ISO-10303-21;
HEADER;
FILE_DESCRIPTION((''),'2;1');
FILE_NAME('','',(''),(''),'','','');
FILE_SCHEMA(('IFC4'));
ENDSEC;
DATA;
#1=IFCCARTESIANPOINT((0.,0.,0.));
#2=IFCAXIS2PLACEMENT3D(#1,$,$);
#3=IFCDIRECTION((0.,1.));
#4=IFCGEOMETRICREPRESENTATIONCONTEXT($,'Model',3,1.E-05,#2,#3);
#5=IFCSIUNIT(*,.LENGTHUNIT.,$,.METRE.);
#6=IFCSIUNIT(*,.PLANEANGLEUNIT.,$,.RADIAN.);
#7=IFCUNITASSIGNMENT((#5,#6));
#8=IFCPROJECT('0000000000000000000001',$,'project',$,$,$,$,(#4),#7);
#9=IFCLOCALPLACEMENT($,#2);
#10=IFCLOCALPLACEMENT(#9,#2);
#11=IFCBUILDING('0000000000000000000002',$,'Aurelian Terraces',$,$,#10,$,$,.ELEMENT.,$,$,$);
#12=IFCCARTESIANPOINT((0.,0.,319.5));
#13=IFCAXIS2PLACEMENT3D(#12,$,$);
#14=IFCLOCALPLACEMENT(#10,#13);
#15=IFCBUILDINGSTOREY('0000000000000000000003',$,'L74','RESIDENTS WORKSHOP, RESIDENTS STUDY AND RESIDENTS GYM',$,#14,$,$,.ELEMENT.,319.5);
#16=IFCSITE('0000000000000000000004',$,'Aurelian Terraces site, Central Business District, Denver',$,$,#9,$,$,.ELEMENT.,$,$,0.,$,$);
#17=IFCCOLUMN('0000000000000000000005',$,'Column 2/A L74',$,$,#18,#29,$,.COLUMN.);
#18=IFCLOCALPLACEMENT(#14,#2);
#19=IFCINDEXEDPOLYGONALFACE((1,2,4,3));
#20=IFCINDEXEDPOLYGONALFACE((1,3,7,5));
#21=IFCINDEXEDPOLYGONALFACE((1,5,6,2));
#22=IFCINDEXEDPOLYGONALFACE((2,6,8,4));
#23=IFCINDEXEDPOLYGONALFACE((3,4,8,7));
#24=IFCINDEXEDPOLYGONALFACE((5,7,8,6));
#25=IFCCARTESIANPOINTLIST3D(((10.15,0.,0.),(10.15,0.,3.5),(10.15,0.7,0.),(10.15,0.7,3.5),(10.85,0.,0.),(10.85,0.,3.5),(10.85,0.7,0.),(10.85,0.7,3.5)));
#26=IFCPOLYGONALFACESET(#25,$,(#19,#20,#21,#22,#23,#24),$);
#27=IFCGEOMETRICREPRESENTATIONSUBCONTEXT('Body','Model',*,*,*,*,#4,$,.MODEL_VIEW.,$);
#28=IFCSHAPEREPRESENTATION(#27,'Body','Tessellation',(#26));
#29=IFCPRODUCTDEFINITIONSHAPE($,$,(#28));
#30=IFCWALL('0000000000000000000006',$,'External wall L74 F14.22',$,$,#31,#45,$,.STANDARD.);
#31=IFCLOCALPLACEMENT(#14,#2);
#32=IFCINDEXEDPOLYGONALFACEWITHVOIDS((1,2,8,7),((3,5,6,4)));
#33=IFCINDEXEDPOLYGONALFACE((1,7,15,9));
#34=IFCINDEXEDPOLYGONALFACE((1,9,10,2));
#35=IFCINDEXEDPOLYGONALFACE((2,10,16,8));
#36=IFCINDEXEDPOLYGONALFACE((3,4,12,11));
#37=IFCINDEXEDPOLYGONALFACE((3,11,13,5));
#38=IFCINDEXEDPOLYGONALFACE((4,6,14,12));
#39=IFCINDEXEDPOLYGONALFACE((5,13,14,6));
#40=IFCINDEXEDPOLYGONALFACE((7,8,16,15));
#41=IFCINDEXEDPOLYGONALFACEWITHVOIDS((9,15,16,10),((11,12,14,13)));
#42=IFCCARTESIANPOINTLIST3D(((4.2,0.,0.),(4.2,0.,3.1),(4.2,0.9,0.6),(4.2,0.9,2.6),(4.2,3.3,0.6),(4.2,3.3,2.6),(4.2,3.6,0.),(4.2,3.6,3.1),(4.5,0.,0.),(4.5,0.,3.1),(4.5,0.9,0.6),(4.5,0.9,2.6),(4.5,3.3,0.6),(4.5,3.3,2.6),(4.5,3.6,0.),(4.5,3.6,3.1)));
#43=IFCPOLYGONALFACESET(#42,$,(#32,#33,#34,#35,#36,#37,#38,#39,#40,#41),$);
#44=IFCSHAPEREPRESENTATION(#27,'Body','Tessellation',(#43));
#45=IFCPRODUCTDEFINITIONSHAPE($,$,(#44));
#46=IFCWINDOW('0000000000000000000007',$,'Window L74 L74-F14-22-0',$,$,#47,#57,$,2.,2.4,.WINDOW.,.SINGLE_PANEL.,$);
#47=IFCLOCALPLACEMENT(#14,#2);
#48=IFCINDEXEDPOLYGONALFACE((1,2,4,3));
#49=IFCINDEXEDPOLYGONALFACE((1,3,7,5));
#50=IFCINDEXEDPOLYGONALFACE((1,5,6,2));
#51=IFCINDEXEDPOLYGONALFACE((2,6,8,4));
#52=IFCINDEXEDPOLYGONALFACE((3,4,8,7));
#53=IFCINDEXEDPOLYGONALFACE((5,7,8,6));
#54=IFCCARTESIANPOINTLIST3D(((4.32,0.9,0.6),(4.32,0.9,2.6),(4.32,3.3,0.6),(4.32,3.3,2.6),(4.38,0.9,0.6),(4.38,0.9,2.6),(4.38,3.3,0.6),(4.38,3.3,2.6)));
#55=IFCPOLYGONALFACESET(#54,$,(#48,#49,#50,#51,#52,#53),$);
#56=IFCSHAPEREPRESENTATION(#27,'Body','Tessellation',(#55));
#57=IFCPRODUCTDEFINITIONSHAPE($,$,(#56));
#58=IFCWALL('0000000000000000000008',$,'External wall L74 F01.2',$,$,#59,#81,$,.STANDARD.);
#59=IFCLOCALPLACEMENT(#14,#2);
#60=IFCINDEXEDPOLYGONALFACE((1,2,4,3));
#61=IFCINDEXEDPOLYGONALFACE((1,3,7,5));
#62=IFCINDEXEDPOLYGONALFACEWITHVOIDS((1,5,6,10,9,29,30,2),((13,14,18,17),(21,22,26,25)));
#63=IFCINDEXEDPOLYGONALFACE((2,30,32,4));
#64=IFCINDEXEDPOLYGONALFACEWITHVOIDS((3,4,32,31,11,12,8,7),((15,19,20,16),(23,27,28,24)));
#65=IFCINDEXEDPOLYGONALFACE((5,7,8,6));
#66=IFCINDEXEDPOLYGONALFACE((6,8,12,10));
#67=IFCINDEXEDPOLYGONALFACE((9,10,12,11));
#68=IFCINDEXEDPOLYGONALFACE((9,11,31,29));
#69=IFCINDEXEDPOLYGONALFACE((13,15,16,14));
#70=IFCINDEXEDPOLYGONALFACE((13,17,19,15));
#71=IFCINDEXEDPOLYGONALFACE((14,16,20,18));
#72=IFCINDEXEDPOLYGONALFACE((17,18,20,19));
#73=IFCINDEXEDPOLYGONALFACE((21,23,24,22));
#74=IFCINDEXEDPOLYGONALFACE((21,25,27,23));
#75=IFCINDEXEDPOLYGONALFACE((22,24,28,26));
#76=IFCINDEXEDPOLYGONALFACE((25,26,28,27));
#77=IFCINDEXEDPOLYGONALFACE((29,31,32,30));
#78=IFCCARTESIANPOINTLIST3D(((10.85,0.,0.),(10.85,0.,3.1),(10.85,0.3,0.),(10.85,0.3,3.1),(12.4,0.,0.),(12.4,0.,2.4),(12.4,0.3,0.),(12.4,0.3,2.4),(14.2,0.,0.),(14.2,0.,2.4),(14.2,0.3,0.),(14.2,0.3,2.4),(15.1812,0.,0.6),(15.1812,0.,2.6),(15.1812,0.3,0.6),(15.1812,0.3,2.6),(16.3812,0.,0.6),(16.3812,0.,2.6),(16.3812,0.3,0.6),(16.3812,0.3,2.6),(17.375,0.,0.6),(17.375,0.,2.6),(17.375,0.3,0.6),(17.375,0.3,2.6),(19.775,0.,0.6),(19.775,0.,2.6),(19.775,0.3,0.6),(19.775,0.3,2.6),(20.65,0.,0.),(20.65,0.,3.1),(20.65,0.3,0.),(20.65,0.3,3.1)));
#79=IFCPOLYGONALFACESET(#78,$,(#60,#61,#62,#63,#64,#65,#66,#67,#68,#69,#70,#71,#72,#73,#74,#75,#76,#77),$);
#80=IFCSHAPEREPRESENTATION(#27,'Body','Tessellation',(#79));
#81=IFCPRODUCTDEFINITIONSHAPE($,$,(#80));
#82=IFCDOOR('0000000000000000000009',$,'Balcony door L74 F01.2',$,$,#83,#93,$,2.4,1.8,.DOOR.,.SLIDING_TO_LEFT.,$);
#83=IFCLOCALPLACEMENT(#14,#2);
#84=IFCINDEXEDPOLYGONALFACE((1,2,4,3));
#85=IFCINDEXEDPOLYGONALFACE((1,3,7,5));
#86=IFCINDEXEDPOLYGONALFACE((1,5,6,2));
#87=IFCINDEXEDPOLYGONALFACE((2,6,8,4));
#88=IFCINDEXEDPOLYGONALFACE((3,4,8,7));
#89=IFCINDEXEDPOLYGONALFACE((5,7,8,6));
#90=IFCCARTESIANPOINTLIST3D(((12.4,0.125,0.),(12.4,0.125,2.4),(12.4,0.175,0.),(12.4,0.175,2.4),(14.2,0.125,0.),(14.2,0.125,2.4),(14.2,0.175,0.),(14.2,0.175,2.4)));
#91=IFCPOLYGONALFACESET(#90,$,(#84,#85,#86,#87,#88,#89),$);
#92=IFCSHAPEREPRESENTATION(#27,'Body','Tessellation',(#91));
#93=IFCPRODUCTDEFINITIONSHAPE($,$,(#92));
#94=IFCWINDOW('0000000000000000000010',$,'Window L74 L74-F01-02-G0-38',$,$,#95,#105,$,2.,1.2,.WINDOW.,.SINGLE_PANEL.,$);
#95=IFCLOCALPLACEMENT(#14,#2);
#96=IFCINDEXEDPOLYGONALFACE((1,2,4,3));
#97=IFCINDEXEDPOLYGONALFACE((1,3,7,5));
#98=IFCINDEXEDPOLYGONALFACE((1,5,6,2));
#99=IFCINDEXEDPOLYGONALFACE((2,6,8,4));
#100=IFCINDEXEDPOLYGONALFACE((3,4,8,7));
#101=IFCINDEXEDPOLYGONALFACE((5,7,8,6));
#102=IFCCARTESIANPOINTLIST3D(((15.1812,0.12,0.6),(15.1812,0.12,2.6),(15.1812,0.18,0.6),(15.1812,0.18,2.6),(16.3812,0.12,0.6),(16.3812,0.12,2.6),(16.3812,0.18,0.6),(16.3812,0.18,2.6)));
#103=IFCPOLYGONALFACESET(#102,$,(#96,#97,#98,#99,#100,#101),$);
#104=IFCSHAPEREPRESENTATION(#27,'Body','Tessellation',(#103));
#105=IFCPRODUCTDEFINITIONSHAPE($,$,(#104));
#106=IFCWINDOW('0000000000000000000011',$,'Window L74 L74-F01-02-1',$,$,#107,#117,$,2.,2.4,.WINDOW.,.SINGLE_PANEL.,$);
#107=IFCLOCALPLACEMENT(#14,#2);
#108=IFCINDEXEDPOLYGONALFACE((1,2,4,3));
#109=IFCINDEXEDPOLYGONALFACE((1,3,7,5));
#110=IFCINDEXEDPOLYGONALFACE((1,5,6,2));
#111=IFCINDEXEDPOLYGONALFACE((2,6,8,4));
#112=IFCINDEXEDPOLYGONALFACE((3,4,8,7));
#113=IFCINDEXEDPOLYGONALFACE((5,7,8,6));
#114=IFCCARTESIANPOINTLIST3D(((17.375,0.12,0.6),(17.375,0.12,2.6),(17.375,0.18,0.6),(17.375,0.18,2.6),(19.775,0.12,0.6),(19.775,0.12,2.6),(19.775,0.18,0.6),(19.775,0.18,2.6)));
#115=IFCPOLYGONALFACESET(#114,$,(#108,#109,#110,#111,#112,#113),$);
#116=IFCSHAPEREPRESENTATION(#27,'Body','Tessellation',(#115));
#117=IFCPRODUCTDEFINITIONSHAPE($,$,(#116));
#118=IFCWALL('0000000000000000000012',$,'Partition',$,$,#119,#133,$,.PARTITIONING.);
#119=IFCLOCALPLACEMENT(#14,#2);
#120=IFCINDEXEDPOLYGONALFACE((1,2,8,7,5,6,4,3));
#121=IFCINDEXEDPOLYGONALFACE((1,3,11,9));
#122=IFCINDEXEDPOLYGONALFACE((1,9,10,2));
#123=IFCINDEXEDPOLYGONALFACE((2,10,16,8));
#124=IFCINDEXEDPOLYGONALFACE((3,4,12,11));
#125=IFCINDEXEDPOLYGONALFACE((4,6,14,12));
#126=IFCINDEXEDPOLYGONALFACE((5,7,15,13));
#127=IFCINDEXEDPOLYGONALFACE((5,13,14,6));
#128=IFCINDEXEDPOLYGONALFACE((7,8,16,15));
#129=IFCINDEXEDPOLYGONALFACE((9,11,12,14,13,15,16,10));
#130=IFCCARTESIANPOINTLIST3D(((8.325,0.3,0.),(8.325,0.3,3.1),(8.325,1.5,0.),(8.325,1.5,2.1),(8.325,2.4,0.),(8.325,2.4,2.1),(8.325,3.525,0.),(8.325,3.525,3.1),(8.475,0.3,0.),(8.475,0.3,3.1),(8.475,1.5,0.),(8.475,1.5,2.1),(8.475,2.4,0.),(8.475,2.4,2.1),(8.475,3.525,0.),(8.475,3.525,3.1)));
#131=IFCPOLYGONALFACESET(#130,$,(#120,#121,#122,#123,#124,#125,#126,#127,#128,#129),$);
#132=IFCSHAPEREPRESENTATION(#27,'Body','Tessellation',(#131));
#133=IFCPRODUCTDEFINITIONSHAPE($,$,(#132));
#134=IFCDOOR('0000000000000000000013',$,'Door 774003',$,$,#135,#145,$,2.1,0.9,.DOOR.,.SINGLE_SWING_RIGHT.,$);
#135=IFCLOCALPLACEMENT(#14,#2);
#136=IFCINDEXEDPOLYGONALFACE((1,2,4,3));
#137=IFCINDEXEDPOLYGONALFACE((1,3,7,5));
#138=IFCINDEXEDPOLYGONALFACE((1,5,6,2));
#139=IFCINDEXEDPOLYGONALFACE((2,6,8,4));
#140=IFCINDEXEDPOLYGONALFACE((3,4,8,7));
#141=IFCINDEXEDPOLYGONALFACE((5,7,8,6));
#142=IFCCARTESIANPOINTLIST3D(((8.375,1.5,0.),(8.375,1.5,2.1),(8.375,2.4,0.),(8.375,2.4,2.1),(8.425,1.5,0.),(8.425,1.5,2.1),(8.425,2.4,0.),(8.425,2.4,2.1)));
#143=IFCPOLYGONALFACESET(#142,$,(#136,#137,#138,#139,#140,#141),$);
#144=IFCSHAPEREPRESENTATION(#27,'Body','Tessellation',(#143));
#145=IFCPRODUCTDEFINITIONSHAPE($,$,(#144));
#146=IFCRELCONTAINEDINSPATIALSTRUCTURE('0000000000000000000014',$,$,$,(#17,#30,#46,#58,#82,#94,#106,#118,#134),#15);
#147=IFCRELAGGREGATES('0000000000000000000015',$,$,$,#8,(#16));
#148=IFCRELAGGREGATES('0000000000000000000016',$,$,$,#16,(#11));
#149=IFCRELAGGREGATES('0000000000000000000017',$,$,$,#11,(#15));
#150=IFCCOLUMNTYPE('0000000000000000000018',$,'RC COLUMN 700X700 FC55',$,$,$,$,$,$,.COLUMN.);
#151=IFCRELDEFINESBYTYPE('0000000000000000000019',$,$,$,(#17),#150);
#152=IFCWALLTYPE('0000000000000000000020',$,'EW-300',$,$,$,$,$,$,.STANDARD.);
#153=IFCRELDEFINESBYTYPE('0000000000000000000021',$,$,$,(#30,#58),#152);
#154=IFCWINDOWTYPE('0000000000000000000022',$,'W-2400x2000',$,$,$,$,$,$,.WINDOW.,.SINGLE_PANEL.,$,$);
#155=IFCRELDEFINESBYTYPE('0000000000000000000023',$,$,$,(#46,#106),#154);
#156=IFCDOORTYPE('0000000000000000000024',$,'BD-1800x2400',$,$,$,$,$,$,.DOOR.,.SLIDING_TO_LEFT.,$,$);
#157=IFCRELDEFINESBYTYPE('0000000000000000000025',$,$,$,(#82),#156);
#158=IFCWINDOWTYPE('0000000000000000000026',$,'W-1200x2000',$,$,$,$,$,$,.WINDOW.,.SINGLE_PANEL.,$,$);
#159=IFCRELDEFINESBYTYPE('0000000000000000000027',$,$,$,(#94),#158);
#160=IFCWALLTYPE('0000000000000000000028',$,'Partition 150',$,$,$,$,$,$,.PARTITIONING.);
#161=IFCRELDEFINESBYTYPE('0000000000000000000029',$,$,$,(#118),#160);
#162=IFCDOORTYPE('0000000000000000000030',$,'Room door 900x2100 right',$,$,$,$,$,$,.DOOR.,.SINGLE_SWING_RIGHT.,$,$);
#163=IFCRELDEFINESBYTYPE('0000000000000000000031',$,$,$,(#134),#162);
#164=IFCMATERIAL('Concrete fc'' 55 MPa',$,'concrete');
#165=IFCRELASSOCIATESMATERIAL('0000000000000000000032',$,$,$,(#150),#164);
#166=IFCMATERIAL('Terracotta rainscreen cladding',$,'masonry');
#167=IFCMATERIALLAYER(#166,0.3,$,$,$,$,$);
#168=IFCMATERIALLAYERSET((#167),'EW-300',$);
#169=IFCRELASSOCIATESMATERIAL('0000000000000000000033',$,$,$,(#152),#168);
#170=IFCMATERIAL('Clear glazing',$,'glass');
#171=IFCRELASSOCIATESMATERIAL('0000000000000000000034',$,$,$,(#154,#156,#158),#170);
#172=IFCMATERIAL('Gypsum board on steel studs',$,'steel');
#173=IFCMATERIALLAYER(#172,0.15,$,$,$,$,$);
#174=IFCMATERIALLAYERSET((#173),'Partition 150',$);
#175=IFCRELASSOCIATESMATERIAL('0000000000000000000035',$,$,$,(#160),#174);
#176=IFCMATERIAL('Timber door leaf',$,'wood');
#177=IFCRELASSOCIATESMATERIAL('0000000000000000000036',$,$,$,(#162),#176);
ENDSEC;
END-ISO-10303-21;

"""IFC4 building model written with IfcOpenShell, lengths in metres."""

from ifc_helpers import new_model, si_unit, direction, frame, frame_2d, origin, origin_2d, place, context, subcontext, project, spatial, rectangle, extrude, source, transform, mapped, material, layer, layer_set, material_profile, profile_set, type_object, element, fill, save


model = new_model("IFC4")

# Units and contexts
model_context = context("Model", 3, precision=1e-05, world=origin(), true_north=direction((0.0, 1.0)))
body_context = subcontext(model_context, "Body", "Model", "MODEL_VIEW")
ifc_project = project(units=[si_unit("LENGTHUNIT", "METRE"), si_unit("PLANEANGLEUNIT", "RADIAN")], contexts=[model_context])

# Site, building, storey
site_placement = place(None, origin())
site = spatial("IfcSite", under=ifc_project, at=site_placement, Name="Aurelian Terraces site, Central Business District, Denver", CompositionType="ELEMENT", RefElevation=0.0)
building_placement = place(site_placement, origin())
building = spatial("IfcBuilding", under=site, at=building_placement, Name="Aurelian Terraces", CompositionType="ELEMENT")
storey_placement = place(building_placement, frame((0.0, 0.0, 319.5)))
storey = spatial("IfcBuildingStorey", under=building, at=storey_placement, Name="L74", Description="RESIDENTS WORKSHOP, RESIDENTS STUDY AND RESIDENTS GYM", CompositionType="ELEMENT", Elevation=319.5)

# Column
ifc_material_1 = material(Name="Concrete fc' 55 MPa", Category="concrete")
ifc_material_profile = material_profile(ifc_material_1, rectangle(XDim=0.7, YDim=0.7, at=origin_2d()))
ifc_profile_set = profile_set([ifc_material_profile], Name="Concrete fc' 55 MPa")
column_type = type_object("IfcColumnType", Name="RC COLUMN 700X700 FC55", PredefinedType="COLUMN", material=ifc_profile_set)
shared_shape_1 = source(origin(), body_context, "Body", "SweptSolid", [
    extrude(rectangle(XDim=0.7, YDim=0.7, at=origin_2d()), origin(), (0.0, 0.0, 1.0), 3.5),
])
column_placement = place(storey_placement, frame((10.5, 0.35, 0.0), z_axis=(0.0, 0.0, 1.0), x_axis=(1.0, 0.0, 0.0)))
element("IfcColumn", 1, at=column_placement, inside=storey, type_object=column_type, Name="Column 2/A L74", PredefinedType="COLUMN", context=body_context, shape_type="MappedRepresentation", body=[
    mapped(shared_shape_1, transform((0.0, 0.0, 0.0), scale=1.0)),
])

# Wall, opening, window
ifc_material_2 = material(Name="Terracotta rainscreen cladding", Category="masonry")
ifc_layer_1 = layer(ifc_material_2, 0.3)
ifc_layer_set_1 = layer_set([ifc_layer_1], Name="EW-300")
wall_type_1 = type_object("IfcWallType", Name="EW-300", PredefinedType="STANDARD", material=ifc_layer_set_1)
shared_shape_2 = source(origin(), body_context, "Body", "SweptSolid", [
    extrude(rectangle(XDim=3.6, YDim=0.3, at=frame_2d((1.8, 0.0))), origin(), (0.0, 0.0, 1.0), 3.1),
])
wall_1_placement = place(storey_placement, frame((4.35, 3.6, 0.0), z_axis=(0.0, 0.0, 1.0), x_axis=(0.0, -1.0, 0.0)))
wall_1 = element("IfcWall", 2, at=wall_1_placement, inside=storey, type_object=wall_type_1, Name="External wall L74 F14.22", PredefinedType="STANDARD", context=body_context, shape_type="MappedRepresentation", body=[
    mapped(shared_shape_2, transform((0.0, 0.0, 0.0), scale=1.0)),
])
shared_shape_3 = source(origin(), body_context, "Body", "SweptSolid", [
    extrude(rectangle(XDim=2.4, YDim=2.0, at=frame_2d((1.2, 1.0))), frame((0.0, 0.16, 0.0), z_axis=(0.0, -1.0, 0.0), x_axis=(1.0, 0.0, 0.0)), (0.0, 0.0, 1.0), 0.32),
])
opening_1_placement = place(wall_1_placement, frame((0.3, 0.0, 0.6)))
opening_1 = element("IfcOpeningElement", 3, at=opening_1_placement, cuts=wall_1, PredefinedType="OPENING", context=body_context, shape_type="MappedRepresentation", body=[
    mapped(shared_shape_3, transform((0.0, 0.0, 0.0), scale=1.0)),
])
ifc_material_3 = material(Name="Clear glazing", Category="glass")
window_type_1 = type_object("IfcWindowType", Name="W-2400x2000", PartitioningType="SINGLE_PANEL", PredefinedType="WINDOW", material=ifc_material_3)
shared_shape_4 = source(origin(), body_context, "Body", "SweptSolid", [
    extrude(rectangle(XDim=2.4, YDim=2.0, at=frame_2d((1.2, 1.0))), frame((0.0, 0.03, 0.0), z_axis=(0.0, -1.0, 0.0), x_axis=(1.0, 0.0, 0.0)), (0.0, 0.0, 1.0), 0.06),
])
window_1_placement = place(opening_1_placement, origin())
window_1 = element("IfcWindow", 4, at=window_1_placement, inside=storey, type_object=window_type_1, Name="Window L74 L74-F14-22-0", OverallHeight=2.0, OverallWidth=2.4, PartitioningType="SINGLE_PANEL", PredefinedType="WINDOW", context=body_context, shape_type="MappedRepresentation", body=[
    mapped(shared_shape_4, transform((0.0, 0.0, 0.0), scale=1.0)),
])
fill(opening_1, window_1)

# Wall, openings, door, windows
shared_shape_5 = source(origin(), body_context, "Body", "SweptSolid", [
    extrude(rectangle(XDim=9.8, YDim=0.3, at=frame_2d((4.9, 0.0))), origin(), (0.0, 0.0, 1.0), 3.1),
])
wall_2_placement = place(storey_placement, frame((10.85, 0.15, 0.0), z_axis=(0.0, 0.0, 1.0), x_axis=(1.0, 0.0, 0.0)))
wall_2 = element("IfcWall", 5, at=wall_2_placement, inside=storey, type_object=wall_type_1, Name="External wall L74 F01.2", PredefinedType="STANDARD", context=body_context, shape_type="MappedRepresentation", body=[
    mapped(shared_shape_5, transform((0.0, 0.0, 0.0), scale=1.0)),
])
shared_shape_6 = source(origin(), body_context, "Body", "SweptSolid", [
    extrude(rectangle(XDim=1.8, YDim=2.4, at=frame_2d((0.9, 1.2))), frame((0.0, 0.16, 0.0), z_axis=(0.0, -1.0, 0.0), x_axis=(1.0, 0.0, 0.0)), (0.0, 0.0, 1.0), 0.32),
])
opening_2_placement = place(wall_2_placement, frame((1.55, 0.0, 0.0)))
opening_2 = element("IfcOpeningElement", 6, at=opening_2_placement, cuts=wall_2, PredefinedType="OPENING", context=body_context, shape_type="MappedRepresentation", body=[
    mapped(shared_shape_6, transform((0.0, 0.0, 0.0), scale=1.0)),
])
opening_3_placement = place(wall_2_placement, frame((6.525, 0.0, 0.6)))
opening_3 = element("IfcOpeningElement", 7, at=opening_3_placement, cuts=wall_2, PredefinedType="OPENING", context=body_context, shape_type="MappedRepresentation", body=[
    mapped(shared_shape_3, transform((0.0, 0.0, 0.0), scale=1.0)),
])
shared_shape_7 = source(origin(), body_context, "Body", "SweptSolid", [
    extrude(rectangle(XDim=1.2, YDim=2.0, at=frame_2d((0.6, 1.0))), frame((0.0, 0.16, 0.0), z_axis=(0.0, -1.0, 0.0), x_axis=(1.0, 0.0, 0.0)), (0.0, 0.0, 1.0), 0.32),
])
opening_4_placement = place(wall_2_placement, frame((4.3312, 0.0, 0.6)))
opening_4 = element("IfcOpeningElement", 8, at=opening_4_placement, cuts=wall_2, PredefinedType="OPENING", context=body_context, shape_type="MappedRepresentation", body=[
    mapped(shared_shape_7, transform((0.0, 0.0, 0.0), scale=1.0)),
])
door_type_1 = type_object("IfcDoorType", Name="BD-1800x2400", OperationType="SLIDING_TO_LEFT", PredefinedType="DOOR", material=ifc_material_3)
shared_shape_8 = source(origin(), body_context, "Body", "SweptSolid", [
    extrude(rectangle(XDim=1.8, YDim=2.4, at=frame_2d((0.9, 1.2))), frame((0.0, 0.025, 0.0), z_axis=(0.0, -1.0, 0.0), x_axis=(1.0, 0.0, 0.0)), (0.0, 0.0, 1.0), 0.05),
])
door_1_placement = place(opening_2_placement, origin())
door_1 = element("IfcDoor", 9, at=door_1_placement, inside=storey, type_object=door_type_1, Name="Balcony door L74 F01.2", OperationType="SLIDING_TO_LEFT", OverallHeight=2.4, OverallWidth=1.8, PredefinedType="DOOR", context=body_context, shape_type="MappedRepresentation", body=[
    mapped(shared_shape_8, transform((0.0, 0.0, 0.0), scale=1.0)),
])
fill(opening_2, door_1)
window_type_2 = type_object("IfcWindowType", Name="W-1200x2000", PartitioningType="SINGLE_PANEL", PredefinedType="WINDOW", material=ifc_material_3)
shared_shape_9 = source(origin(), body_context, "Body", "SweptSolid", [
    extrude(rectangle(XDim=1.2, YDim=2.0, at=frame_2d((0.6, 1.0))), frame((0.0, 0.03, 0.0), z_axis=(0.0, -1.0, 0.0), x_axis=(1.0, 0.0, 0.0)), (0.0, 0.0, 1.0), 0.06),
])
window_2_placement = place(opening_4_placement, origin())
window_2 = element("IfcWindow", 10, at=window_2_placement, inside=storey, type_object=window_type_2, Name="Window L74 L74-F01-02-G0-38", OverallHeight=2.0, OverallWidth=1.2, PartitioningType="SINGLE_PANEL", PredefinedType="WINDOW", context=body_context, shape_type="MappedRepresentation", body=[
    mapped(shared_shape_9, transform((0.0, 0.0, 0.0), scale=1.0)),
])
fill(opening_4, window_2)
window_3_placement = place(opening_3_placement, origin())
window_3 = element("IfcWindow", 11, at=window_3_placement, inside=storey, type_object=window_type_1, Name="Window L74 L74-F01-02-1", OverallHeight=2.0, OverallWidth=2.4, PartitioningType="SINGLE_PANEL", PredefinedType="WINDOW", context=body_context, shape_type="MappedRepresentation", body=[
    mapped(shared_shape_4, transform((0.0, 0.0, 0.0), scale=1.0)),
])
fill(opening_3, window_3)

# Wall, opening, door
ifc_material_4 = material(Name="Gypsum board on steel studs", Category="steel")
ifc_layer_2 = layer(ifc_material_4, 0.15)
ifc_layer_set_2 = layer_set([ifc_layer_2], Name="Partition 150")
wall_type_2 = type_object("IfcWallType", Name="Partition 150", PredefinedType="PARTITIONING", material=ifc_layer_set_2)
shared_shape_10 = source(origin(), body_context, "Body", "SweptSolid", [
    extrude(rectangle(XDim=3.225, YDim=0.15, at=frame_2d((1.6125, 0.0))), origin(), (0.0, 0.0, 1.0), 3.1),
])
wall_3_placement = place(storey_placement, frame((8.4, 3.525, 0.0), z_axis=(0.0, 0.0, 1.0), x_axis=(0.0, -1.0, 0.0)))
wall_3 = element("IfcWall", 12, at=wall_3_placement, inside=storey, type_object=wall_type_2, Name="Partition", PredefinedType="PARTITIONING", context=body_context, shape_type="MappedRepresentation", body=[
    mapped(shared_shape_10, transform((0.0, 0.0, 0.0), scale=1.0)),
])
shared_shape_11 = source(origin(), body_context, "Body", "SweptSolid", [
    extrude(rectangle(XDim=0.9, YDim=2.1, at=frame_2d((0.45, 1.05))), frame((0.0, 0.085, 0.0), z_axis=(0.0, -1.0, 0.0), x_axis=(1.0, 0.0, 0.0)), (0.0, 0.0, 1.0), 0.17),
])
opening_5_placement = place(wall_3_placement, frame((1.125, 0.0, 0.0)))
opening_5 = element("IfcOpeningElement", 13, at=opening_5_placement, cuts=wall_3, PredefinedType="OPENING", context=body_context, shape_type="MappedRepresentation", body=[
    mapped(shared_shape_11, transform((0.0, 0.0, 0.0), scale=1.0)),
])
ifc_material_5 = material(Name="Timber door leaf", Category="wood")
door_type_2 = type_object("IfcDoorType", Name="Room door 900x2100 right", OperationType="SINGLE_SWING_RIGHT", PredefinedType="DOOR", material=ifc_material_5)
shared_shape_12 = source(origin(), body_context, "Body", "SweptSolid", [
    extrude(rectangle(XDim=0.9, YDim=2.1, at=frame_2d((0.45, 1.05))), frame((0.0, 0.025, 0.0), z_axis=(0.0, -1.0, 0.0), x_axis=(1.0, 0.0, 0.0)), (0.0, 0.0, 1.0), 0.05),
])
door_2_placement = place(opening_5_placement, origin())
door_2 = element("IfcDoor", 14, at=door_2_placement, inside=storey, type_object=door_type_2, Name="Door 774003", OperationType="SINGLE_SWING_RIGHT", OverallHeight=2.1, OverallWidth=0.9, PredefinedType="DOOR", context=body_context, shape_type="MappedRepresentation", body=[
    mapped(shared_shape_12, transform((0.0, 0.0, 0.0), scale=1.0)),
])
fill(opening_5, door_2)

save(model, "model.ifc")
